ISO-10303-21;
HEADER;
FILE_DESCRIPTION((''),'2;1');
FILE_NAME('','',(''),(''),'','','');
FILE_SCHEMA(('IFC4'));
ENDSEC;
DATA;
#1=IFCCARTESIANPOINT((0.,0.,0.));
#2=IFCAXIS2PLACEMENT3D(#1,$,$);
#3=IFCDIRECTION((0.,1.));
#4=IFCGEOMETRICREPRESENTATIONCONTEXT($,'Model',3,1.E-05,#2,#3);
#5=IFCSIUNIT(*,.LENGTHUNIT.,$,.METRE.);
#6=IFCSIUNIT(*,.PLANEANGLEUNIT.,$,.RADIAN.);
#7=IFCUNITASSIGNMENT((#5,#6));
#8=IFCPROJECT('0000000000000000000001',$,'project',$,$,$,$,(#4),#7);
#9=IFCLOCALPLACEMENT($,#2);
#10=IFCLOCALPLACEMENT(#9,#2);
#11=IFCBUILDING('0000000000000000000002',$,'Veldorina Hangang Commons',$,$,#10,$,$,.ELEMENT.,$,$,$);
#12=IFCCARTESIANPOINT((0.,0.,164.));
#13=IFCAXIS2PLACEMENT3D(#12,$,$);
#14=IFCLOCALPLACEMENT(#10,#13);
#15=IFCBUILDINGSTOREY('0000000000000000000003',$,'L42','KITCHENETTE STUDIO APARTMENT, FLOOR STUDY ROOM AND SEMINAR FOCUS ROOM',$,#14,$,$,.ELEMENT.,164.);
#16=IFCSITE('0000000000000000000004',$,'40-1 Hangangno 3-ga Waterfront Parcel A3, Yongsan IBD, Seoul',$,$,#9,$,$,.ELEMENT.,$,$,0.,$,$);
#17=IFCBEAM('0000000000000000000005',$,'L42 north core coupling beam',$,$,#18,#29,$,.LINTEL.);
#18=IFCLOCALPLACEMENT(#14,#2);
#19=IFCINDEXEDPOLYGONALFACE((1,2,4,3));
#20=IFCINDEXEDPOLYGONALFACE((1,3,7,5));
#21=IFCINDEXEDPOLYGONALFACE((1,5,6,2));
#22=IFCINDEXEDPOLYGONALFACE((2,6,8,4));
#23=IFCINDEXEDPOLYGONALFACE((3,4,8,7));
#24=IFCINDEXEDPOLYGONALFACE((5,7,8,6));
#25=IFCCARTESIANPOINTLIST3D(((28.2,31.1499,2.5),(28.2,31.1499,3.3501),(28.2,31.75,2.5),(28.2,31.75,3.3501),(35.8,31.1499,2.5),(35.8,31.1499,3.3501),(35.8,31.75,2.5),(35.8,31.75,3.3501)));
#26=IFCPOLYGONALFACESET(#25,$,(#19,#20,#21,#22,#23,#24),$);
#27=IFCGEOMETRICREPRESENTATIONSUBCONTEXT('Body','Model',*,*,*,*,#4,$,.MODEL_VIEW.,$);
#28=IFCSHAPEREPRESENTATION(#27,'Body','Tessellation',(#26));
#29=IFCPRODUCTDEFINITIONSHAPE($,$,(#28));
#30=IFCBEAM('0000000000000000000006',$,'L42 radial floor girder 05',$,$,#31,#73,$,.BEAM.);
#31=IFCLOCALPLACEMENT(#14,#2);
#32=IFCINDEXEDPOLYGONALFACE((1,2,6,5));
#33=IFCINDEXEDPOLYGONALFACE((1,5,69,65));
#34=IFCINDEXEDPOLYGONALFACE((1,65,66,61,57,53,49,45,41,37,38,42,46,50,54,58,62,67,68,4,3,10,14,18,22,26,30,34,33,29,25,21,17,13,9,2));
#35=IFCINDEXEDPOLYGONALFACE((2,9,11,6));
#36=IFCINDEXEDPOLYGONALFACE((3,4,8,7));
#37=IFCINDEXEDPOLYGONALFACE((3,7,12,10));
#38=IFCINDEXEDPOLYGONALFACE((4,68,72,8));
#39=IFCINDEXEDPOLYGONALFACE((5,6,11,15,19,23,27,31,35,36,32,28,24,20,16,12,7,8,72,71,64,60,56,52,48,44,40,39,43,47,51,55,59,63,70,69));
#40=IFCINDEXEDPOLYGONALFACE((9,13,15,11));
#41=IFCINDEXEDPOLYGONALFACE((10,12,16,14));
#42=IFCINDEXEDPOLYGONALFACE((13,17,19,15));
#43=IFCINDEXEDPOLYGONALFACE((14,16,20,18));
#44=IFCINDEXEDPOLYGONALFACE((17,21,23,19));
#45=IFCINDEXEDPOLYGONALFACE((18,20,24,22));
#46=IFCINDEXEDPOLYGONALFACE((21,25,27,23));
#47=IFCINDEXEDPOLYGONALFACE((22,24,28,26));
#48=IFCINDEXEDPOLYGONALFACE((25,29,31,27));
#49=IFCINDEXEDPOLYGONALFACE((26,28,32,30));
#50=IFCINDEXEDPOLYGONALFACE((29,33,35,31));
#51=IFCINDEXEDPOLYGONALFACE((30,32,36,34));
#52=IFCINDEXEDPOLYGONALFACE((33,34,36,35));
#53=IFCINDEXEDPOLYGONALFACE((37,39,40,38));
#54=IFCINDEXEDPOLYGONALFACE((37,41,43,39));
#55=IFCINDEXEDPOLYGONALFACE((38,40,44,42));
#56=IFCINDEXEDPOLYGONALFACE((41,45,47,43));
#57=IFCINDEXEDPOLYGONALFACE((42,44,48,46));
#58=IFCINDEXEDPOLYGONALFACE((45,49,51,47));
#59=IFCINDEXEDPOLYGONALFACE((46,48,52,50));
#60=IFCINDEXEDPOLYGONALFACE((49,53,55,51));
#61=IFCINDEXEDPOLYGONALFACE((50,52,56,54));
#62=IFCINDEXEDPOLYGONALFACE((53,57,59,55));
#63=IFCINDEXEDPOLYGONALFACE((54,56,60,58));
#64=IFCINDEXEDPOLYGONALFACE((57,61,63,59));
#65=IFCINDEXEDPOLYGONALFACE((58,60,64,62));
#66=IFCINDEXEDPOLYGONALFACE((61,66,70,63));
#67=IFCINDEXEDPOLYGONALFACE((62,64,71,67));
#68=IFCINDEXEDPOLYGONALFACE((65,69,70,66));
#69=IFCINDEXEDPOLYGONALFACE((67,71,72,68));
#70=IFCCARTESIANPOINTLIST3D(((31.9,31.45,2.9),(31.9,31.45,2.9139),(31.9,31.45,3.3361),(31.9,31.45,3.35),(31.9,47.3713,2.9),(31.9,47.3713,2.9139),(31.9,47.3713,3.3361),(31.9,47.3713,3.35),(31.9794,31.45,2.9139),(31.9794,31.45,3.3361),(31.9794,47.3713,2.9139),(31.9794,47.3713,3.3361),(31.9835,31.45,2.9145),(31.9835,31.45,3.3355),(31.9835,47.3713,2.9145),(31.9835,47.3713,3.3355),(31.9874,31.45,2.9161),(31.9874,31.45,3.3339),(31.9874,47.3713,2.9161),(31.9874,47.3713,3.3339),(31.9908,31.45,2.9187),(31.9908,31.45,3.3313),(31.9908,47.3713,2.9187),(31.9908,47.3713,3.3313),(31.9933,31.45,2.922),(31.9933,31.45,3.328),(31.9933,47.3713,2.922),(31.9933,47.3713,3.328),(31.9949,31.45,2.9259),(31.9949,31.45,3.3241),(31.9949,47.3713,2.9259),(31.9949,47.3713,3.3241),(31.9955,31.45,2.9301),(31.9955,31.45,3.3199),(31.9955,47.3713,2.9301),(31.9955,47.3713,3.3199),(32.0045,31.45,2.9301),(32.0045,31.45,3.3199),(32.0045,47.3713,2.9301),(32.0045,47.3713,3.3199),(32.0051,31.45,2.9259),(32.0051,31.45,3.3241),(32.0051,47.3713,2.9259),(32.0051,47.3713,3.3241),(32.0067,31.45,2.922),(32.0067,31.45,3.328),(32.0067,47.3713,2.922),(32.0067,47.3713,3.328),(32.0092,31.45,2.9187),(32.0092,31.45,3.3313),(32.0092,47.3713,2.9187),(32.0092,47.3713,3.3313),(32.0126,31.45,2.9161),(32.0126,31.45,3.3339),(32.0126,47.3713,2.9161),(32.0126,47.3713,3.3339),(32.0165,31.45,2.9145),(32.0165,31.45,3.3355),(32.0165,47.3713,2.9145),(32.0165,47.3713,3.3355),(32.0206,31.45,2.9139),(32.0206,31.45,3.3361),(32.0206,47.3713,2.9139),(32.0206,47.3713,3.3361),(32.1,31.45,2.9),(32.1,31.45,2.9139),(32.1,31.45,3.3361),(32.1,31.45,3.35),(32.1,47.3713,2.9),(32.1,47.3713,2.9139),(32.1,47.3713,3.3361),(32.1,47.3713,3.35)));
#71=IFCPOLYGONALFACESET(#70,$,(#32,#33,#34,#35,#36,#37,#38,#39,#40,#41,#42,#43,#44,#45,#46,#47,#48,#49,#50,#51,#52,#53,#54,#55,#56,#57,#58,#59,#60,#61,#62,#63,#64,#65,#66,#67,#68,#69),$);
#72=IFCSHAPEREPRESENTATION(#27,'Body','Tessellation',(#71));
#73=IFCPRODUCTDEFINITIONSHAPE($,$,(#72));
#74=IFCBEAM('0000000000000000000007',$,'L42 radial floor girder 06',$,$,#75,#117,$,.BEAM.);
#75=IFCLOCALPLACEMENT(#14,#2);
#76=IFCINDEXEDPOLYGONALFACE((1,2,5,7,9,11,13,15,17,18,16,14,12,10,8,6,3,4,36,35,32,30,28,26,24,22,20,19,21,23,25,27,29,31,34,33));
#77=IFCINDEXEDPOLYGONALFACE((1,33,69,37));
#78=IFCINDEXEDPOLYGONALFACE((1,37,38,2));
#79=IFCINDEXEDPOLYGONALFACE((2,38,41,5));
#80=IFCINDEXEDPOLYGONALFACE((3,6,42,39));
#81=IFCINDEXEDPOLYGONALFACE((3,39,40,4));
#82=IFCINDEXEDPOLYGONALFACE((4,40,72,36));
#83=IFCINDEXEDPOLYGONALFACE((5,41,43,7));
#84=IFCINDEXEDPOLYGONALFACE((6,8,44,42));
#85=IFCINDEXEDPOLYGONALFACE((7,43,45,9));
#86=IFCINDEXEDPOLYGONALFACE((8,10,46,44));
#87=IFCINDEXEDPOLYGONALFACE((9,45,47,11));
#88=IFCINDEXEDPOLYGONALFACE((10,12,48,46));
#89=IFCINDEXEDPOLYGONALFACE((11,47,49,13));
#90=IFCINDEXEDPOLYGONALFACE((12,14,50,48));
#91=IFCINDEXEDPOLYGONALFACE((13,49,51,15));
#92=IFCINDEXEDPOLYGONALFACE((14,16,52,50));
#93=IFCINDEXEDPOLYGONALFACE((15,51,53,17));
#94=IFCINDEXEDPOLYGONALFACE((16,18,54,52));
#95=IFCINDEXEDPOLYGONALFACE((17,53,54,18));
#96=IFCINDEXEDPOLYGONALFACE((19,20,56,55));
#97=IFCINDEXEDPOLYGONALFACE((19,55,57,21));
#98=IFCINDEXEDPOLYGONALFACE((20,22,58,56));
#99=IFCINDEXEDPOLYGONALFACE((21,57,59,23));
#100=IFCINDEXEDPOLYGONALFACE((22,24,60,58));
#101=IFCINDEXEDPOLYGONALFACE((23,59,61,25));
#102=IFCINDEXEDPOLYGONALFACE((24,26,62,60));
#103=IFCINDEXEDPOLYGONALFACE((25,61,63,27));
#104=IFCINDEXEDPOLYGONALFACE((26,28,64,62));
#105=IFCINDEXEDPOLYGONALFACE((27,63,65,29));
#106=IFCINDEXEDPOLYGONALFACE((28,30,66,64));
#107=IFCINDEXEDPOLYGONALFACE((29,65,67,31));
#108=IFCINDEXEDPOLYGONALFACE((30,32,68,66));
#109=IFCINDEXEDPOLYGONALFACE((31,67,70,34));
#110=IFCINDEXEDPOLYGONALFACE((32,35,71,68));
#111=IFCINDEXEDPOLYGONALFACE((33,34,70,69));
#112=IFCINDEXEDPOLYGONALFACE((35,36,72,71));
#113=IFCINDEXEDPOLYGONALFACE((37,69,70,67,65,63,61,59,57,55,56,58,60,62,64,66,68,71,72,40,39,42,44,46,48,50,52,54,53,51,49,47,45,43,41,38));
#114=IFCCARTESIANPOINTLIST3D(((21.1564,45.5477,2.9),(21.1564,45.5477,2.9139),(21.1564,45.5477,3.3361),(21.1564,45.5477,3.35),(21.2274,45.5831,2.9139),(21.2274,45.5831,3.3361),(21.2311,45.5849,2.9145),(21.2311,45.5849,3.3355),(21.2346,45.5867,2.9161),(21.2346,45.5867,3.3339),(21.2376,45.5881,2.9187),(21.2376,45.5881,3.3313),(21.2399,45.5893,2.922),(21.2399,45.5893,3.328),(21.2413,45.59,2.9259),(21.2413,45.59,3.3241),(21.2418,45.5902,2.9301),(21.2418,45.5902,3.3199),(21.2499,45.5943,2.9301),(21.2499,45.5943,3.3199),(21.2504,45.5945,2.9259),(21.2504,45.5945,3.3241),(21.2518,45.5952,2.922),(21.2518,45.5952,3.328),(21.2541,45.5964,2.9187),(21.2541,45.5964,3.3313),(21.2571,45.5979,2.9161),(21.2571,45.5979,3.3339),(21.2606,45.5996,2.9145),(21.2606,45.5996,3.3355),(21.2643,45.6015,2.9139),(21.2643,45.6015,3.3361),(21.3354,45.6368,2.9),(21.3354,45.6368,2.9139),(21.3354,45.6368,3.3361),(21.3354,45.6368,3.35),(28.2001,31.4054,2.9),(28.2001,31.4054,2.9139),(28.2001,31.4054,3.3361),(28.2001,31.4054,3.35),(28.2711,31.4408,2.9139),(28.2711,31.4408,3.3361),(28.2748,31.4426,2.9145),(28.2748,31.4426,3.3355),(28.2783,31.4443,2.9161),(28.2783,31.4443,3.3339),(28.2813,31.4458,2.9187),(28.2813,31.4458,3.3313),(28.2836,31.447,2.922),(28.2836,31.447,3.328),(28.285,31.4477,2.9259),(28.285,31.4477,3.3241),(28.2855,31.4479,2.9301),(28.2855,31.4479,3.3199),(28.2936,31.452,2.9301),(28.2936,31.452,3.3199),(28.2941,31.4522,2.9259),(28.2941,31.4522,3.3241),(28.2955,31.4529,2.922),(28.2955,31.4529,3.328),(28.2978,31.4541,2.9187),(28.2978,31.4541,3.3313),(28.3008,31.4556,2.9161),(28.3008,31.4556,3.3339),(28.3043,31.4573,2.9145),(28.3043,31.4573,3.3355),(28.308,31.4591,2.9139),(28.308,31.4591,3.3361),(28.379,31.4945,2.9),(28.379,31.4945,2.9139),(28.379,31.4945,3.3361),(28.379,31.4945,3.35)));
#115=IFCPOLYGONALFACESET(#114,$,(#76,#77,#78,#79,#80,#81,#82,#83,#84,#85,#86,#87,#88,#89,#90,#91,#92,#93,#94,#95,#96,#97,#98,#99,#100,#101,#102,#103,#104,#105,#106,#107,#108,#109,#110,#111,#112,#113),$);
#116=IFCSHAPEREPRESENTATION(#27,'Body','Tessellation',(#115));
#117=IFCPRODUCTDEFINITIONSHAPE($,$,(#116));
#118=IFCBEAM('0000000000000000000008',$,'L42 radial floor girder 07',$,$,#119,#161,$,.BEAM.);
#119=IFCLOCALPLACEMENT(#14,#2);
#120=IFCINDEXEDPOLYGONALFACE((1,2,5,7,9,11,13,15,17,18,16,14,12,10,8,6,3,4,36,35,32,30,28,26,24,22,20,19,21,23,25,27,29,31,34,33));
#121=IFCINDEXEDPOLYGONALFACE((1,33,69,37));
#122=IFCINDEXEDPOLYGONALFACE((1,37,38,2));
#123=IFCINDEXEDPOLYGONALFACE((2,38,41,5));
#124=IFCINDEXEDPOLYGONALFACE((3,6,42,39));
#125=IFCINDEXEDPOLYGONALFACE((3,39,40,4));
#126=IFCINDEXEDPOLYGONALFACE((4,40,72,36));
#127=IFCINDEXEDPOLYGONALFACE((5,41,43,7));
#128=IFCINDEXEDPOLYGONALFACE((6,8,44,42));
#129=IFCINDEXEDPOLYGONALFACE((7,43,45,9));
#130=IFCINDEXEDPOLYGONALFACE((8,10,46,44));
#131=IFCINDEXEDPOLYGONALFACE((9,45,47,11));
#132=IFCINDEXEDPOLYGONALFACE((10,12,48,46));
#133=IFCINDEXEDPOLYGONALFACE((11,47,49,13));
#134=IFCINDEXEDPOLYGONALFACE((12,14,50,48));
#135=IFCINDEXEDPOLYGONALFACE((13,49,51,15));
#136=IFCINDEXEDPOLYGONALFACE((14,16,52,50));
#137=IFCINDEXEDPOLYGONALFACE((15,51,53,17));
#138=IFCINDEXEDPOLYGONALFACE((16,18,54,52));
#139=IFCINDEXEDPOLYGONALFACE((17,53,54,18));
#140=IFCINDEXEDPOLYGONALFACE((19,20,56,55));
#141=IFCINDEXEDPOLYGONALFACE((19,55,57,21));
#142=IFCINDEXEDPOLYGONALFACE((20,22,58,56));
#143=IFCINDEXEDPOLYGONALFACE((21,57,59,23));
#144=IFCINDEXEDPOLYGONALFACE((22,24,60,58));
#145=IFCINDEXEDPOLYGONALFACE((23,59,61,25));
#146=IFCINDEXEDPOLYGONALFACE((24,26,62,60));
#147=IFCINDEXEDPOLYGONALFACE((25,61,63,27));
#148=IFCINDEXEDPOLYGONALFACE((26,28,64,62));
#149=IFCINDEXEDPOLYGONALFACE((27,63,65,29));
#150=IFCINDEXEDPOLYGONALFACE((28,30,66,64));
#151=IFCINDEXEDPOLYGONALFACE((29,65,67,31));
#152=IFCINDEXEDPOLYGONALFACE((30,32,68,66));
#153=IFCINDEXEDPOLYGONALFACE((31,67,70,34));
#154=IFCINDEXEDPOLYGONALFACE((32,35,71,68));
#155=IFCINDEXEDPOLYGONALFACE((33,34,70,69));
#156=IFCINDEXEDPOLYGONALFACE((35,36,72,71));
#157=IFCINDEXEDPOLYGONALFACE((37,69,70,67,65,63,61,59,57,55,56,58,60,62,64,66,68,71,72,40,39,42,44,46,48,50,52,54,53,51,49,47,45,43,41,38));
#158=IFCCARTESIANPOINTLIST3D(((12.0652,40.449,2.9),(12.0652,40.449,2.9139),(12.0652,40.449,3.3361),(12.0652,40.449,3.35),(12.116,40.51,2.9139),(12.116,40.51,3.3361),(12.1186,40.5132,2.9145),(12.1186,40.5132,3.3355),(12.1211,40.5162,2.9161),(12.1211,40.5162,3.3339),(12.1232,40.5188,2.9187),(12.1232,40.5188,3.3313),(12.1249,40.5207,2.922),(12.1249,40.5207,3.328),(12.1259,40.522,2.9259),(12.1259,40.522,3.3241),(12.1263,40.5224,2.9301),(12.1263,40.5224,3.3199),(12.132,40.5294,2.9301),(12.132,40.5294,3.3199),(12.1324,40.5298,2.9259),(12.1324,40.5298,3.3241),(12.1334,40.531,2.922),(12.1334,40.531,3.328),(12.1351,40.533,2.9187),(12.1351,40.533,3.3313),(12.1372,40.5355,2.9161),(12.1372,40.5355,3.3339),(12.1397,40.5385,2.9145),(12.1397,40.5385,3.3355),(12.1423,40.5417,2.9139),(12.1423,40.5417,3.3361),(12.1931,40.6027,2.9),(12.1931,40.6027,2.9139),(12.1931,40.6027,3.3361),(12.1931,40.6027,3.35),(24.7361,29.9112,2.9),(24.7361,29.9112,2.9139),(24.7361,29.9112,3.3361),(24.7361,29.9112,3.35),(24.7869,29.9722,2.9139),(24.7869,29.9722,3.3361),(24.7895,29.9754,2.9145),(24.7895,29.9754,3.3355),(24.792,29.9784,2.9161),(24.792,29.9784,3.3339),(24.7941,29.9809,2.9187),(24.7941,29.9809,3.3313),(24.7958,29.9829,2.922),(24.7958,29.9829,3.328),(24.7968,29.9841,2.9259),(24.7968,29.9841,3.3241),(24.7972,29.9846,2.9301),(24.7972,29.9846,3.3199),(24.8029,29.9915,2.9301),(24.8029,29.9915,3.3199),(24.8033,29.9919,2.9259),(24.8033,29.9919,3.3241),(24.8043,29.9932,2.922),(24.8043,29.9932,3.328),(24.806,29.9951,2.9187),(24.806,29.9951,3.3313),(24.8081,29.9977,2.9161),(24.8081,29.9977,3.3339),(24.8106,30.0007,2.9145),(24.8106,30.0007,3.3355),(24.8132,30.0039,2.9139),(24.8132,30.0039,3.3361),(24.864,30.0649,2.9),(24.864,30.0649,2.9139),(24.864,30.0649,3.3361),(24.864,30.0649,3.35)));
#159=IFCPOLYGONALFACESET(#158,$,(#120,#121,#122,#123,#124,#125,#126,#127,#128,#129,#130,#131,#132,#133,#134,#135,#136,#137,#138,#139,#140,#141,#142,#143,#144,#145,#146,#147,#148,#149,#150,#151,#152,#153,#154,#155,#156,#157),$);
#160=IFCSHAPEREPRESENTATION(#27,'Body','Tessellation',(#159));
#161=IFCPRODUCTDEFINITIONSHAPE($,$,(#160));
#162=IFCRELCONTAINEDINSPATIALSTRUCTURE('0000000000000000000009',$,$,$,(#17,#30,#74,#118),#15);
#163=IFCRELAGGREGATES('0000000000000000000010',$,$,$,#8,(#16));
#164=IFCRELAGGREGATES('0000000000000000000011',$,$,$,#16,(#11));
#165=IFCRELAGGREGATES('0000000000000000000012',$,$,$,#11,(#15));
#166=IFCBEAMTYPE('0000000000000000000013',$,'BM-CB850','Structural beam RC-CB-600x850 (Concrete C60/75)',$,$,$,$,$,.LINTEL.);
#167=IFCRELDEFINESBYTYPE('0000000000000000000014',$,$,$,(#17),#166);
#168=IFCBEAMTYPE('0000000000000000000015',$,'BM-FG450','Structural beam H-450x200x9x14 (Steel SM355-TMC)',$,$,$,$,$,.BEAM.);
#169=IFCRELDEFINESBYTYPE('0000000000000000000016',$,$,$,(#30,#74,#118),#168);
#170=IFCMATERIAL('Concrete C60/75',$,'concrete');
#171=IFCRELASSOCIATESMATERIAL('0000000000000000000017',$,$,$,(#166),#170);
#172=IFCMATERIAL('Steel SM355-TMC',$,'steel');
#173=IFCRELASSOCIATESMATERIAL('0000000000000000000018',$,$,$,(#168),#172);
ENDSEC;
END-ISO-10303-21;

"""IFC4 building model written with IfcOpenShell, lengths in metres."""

from ifc_helpers import new_model, si_unit, direction, frame, origin, origin_2d, place, context, subcontext, project, spatial, rectangle, i_section, extrude, material, material_profile, profile_set, type_object, element, save


model = new_model("IFC4")

# Units and contexts
model_context = context("Model", 3, precision=1e-05, world=origin(), true_north=direction((0.0, 1.0)))
body_context = subcontext(model_context, "Body", "Model", "MODEL_VIEW")
ifc_project = project(units=[si_unit("LENGTHUNIT", "METRE"), si_unit("PLANEANGLEUNIT", "RADIAN")], contexts=[model_context])

# Site, building, storey
site_placement = place(None, origin())
site = spatial("IfcSite", under=ifc_project, at=site_placement, Name="40-1 Hangangno 3-ga Waterfront Parcel A3, Yongsan IBD, Seoul", CompositionType="ELEMENT", RefElevation=0.0)
building_placement = place(site_placement, origin())
building = spatial("IfcBuilding", under=site, at=building_placement, Name="Veldorina Hangang Commons", CompositionType="ELEMENT")
storey_placement = place(building_placement, frame((0.0, 0.0, 164.0)))
storey = spatial("IfcBuildingStorey", under=building, at=storey_placement, Name="L42", Description="KITCHENETTE STUDIO APARTMENT, FLOOR STUDY ROOM AND SEMINAR FOCUS ROOM", CompositionType="ELEMENT", Elevation=164.0)

# Beams
ifc_material_1 = material(Name="Concrete C60/75", Category="concrete")
ifc_material_profile_1 = material_profile(ifc_material_1, rectangle(XDim=0.6001, YDim=0.8501, at=origin_2d()), Name="RC-CB-600x850")
ifc_profile_set_1 = profile_set([ifc_material_profile_1], Name="Concrete C60/75")
beam_type_1 = type_object("IfcBeamType", Name="BM-CB850", Description="Structural beam RC-CB-600x850 (Concrete C60/75)", PredefinedType="LINTEL", material=ifc_profile_set_1)
beam_1_placement = place(storey_placement, frame((28.2, 31.45, 2.925), z_axis=(1.0, 0.0, 0.0), x_axis=(0.0, 1.0, 0.0)))
element("IfcBeam", 1, at=beam_1_placement, inside=storey, type_object=beam_type_1, Name="L42 north core coupling beam", PredefinedType="LINTEL", context=body_context, shape_type="SweptSolid", body=[
    extrude(rectangle(XDim=0.6001, YDim=0.8501, at=origin_2d()), origin(), (0.0, 0.0, 1.0), 7.6001),
])
ifc_material_2 = material(Name="Steel SM355-TMC", Category="steel")
ifc_material_profile_2 = material_profile(ifc_material_2, i_section(OverallWidth=0.2, OverallDepth=0.45, WebThickness=0.009, FlangeThickness=0.0139, FilletRadius=0.0161, at=origin_2d()), Name="H-450x200x9x14")
ifc_profile_set_2 = profile_set([ifc_material_profile_2], Name="Steel SM355-TMC")
beam_type_2 = type_object("IfcBeamType", Name="BM-FG450", Description="Structural beam H-450x200x9x14 (Steel SM355-TMC)", PredefinedType="BEAM", material=ifc_profile_set_2)
beam_2_placement = place(storey_placement, frame((32.0, 31.45, 3.125), z_axis=(0.0, 1.0, 0.0), x_axis=(-1.0, 0.0, 0.0)))
element("IfcBeam", 2, at=beam_2_placement, inside=storey, type_object=beam_type_2, Name="L42 radial floor girder 05", PredefinedType="BEAM", context=body_context, shape_type="SweptSolid", body=[
    extrude(i_section(OverallWidth=0.2, OverallDepth=0.45, WebThickness=0.009, FlangeThickness=0.0139, FilletRadius=0.0161, at=origin_2d()), origin(), (0.0, 0.0, 1.0), 15.9214),
])
beam_3_placement = place(storey_placement, frame((28.2896, 31.45, 3.125), z_axis=(-0.445822, 0.895121, 0.0), x_axis=(-0.895121, -0.445822, 0.0)))
element("IfcBeam", 3, at=beam_3_placement, inside=storey, type_object=beam_type_2, Name="L42 radial floor girder 06", PredefinedType="BEAM", context=body_context, shape_type="SweptSolid", body=[
    extrude(i_section(OverallWidth=0.2, OverallDepth=0.45, WebThickness=0.009, FlangeThickness=0.0139, FilletRadius=0.0161, at=origin_2d()), origin(), (0.0, 0.0, 1.0), 15.7993),
])
beam_4_placement = place(storey_placement, frame((24.8, 29.988, 3.125), z_axis=(-0.768855, 0.639423, 0.0), x_axis=(-0.639423, -0.768855, 0.0)))
element("IfcBeam", 4, at=beam_4_placement, inside=storey, type_object=beam_type_2, Name="L42 radial floor girder 07", PredefinedType="BEAM", context=body_context, shape_type="SweptSolid", body=[
    extrude(i_section(OverallWidth=0.2, OverallDepth=0.45, WebThickness=0.009, FlangeThickness=0.0139, FilletRadius=0.0161, at=origin_2d()), origin(), (0.0, 0.0, 1.0), 16.4802),
])

save(model, "model.ifc")
